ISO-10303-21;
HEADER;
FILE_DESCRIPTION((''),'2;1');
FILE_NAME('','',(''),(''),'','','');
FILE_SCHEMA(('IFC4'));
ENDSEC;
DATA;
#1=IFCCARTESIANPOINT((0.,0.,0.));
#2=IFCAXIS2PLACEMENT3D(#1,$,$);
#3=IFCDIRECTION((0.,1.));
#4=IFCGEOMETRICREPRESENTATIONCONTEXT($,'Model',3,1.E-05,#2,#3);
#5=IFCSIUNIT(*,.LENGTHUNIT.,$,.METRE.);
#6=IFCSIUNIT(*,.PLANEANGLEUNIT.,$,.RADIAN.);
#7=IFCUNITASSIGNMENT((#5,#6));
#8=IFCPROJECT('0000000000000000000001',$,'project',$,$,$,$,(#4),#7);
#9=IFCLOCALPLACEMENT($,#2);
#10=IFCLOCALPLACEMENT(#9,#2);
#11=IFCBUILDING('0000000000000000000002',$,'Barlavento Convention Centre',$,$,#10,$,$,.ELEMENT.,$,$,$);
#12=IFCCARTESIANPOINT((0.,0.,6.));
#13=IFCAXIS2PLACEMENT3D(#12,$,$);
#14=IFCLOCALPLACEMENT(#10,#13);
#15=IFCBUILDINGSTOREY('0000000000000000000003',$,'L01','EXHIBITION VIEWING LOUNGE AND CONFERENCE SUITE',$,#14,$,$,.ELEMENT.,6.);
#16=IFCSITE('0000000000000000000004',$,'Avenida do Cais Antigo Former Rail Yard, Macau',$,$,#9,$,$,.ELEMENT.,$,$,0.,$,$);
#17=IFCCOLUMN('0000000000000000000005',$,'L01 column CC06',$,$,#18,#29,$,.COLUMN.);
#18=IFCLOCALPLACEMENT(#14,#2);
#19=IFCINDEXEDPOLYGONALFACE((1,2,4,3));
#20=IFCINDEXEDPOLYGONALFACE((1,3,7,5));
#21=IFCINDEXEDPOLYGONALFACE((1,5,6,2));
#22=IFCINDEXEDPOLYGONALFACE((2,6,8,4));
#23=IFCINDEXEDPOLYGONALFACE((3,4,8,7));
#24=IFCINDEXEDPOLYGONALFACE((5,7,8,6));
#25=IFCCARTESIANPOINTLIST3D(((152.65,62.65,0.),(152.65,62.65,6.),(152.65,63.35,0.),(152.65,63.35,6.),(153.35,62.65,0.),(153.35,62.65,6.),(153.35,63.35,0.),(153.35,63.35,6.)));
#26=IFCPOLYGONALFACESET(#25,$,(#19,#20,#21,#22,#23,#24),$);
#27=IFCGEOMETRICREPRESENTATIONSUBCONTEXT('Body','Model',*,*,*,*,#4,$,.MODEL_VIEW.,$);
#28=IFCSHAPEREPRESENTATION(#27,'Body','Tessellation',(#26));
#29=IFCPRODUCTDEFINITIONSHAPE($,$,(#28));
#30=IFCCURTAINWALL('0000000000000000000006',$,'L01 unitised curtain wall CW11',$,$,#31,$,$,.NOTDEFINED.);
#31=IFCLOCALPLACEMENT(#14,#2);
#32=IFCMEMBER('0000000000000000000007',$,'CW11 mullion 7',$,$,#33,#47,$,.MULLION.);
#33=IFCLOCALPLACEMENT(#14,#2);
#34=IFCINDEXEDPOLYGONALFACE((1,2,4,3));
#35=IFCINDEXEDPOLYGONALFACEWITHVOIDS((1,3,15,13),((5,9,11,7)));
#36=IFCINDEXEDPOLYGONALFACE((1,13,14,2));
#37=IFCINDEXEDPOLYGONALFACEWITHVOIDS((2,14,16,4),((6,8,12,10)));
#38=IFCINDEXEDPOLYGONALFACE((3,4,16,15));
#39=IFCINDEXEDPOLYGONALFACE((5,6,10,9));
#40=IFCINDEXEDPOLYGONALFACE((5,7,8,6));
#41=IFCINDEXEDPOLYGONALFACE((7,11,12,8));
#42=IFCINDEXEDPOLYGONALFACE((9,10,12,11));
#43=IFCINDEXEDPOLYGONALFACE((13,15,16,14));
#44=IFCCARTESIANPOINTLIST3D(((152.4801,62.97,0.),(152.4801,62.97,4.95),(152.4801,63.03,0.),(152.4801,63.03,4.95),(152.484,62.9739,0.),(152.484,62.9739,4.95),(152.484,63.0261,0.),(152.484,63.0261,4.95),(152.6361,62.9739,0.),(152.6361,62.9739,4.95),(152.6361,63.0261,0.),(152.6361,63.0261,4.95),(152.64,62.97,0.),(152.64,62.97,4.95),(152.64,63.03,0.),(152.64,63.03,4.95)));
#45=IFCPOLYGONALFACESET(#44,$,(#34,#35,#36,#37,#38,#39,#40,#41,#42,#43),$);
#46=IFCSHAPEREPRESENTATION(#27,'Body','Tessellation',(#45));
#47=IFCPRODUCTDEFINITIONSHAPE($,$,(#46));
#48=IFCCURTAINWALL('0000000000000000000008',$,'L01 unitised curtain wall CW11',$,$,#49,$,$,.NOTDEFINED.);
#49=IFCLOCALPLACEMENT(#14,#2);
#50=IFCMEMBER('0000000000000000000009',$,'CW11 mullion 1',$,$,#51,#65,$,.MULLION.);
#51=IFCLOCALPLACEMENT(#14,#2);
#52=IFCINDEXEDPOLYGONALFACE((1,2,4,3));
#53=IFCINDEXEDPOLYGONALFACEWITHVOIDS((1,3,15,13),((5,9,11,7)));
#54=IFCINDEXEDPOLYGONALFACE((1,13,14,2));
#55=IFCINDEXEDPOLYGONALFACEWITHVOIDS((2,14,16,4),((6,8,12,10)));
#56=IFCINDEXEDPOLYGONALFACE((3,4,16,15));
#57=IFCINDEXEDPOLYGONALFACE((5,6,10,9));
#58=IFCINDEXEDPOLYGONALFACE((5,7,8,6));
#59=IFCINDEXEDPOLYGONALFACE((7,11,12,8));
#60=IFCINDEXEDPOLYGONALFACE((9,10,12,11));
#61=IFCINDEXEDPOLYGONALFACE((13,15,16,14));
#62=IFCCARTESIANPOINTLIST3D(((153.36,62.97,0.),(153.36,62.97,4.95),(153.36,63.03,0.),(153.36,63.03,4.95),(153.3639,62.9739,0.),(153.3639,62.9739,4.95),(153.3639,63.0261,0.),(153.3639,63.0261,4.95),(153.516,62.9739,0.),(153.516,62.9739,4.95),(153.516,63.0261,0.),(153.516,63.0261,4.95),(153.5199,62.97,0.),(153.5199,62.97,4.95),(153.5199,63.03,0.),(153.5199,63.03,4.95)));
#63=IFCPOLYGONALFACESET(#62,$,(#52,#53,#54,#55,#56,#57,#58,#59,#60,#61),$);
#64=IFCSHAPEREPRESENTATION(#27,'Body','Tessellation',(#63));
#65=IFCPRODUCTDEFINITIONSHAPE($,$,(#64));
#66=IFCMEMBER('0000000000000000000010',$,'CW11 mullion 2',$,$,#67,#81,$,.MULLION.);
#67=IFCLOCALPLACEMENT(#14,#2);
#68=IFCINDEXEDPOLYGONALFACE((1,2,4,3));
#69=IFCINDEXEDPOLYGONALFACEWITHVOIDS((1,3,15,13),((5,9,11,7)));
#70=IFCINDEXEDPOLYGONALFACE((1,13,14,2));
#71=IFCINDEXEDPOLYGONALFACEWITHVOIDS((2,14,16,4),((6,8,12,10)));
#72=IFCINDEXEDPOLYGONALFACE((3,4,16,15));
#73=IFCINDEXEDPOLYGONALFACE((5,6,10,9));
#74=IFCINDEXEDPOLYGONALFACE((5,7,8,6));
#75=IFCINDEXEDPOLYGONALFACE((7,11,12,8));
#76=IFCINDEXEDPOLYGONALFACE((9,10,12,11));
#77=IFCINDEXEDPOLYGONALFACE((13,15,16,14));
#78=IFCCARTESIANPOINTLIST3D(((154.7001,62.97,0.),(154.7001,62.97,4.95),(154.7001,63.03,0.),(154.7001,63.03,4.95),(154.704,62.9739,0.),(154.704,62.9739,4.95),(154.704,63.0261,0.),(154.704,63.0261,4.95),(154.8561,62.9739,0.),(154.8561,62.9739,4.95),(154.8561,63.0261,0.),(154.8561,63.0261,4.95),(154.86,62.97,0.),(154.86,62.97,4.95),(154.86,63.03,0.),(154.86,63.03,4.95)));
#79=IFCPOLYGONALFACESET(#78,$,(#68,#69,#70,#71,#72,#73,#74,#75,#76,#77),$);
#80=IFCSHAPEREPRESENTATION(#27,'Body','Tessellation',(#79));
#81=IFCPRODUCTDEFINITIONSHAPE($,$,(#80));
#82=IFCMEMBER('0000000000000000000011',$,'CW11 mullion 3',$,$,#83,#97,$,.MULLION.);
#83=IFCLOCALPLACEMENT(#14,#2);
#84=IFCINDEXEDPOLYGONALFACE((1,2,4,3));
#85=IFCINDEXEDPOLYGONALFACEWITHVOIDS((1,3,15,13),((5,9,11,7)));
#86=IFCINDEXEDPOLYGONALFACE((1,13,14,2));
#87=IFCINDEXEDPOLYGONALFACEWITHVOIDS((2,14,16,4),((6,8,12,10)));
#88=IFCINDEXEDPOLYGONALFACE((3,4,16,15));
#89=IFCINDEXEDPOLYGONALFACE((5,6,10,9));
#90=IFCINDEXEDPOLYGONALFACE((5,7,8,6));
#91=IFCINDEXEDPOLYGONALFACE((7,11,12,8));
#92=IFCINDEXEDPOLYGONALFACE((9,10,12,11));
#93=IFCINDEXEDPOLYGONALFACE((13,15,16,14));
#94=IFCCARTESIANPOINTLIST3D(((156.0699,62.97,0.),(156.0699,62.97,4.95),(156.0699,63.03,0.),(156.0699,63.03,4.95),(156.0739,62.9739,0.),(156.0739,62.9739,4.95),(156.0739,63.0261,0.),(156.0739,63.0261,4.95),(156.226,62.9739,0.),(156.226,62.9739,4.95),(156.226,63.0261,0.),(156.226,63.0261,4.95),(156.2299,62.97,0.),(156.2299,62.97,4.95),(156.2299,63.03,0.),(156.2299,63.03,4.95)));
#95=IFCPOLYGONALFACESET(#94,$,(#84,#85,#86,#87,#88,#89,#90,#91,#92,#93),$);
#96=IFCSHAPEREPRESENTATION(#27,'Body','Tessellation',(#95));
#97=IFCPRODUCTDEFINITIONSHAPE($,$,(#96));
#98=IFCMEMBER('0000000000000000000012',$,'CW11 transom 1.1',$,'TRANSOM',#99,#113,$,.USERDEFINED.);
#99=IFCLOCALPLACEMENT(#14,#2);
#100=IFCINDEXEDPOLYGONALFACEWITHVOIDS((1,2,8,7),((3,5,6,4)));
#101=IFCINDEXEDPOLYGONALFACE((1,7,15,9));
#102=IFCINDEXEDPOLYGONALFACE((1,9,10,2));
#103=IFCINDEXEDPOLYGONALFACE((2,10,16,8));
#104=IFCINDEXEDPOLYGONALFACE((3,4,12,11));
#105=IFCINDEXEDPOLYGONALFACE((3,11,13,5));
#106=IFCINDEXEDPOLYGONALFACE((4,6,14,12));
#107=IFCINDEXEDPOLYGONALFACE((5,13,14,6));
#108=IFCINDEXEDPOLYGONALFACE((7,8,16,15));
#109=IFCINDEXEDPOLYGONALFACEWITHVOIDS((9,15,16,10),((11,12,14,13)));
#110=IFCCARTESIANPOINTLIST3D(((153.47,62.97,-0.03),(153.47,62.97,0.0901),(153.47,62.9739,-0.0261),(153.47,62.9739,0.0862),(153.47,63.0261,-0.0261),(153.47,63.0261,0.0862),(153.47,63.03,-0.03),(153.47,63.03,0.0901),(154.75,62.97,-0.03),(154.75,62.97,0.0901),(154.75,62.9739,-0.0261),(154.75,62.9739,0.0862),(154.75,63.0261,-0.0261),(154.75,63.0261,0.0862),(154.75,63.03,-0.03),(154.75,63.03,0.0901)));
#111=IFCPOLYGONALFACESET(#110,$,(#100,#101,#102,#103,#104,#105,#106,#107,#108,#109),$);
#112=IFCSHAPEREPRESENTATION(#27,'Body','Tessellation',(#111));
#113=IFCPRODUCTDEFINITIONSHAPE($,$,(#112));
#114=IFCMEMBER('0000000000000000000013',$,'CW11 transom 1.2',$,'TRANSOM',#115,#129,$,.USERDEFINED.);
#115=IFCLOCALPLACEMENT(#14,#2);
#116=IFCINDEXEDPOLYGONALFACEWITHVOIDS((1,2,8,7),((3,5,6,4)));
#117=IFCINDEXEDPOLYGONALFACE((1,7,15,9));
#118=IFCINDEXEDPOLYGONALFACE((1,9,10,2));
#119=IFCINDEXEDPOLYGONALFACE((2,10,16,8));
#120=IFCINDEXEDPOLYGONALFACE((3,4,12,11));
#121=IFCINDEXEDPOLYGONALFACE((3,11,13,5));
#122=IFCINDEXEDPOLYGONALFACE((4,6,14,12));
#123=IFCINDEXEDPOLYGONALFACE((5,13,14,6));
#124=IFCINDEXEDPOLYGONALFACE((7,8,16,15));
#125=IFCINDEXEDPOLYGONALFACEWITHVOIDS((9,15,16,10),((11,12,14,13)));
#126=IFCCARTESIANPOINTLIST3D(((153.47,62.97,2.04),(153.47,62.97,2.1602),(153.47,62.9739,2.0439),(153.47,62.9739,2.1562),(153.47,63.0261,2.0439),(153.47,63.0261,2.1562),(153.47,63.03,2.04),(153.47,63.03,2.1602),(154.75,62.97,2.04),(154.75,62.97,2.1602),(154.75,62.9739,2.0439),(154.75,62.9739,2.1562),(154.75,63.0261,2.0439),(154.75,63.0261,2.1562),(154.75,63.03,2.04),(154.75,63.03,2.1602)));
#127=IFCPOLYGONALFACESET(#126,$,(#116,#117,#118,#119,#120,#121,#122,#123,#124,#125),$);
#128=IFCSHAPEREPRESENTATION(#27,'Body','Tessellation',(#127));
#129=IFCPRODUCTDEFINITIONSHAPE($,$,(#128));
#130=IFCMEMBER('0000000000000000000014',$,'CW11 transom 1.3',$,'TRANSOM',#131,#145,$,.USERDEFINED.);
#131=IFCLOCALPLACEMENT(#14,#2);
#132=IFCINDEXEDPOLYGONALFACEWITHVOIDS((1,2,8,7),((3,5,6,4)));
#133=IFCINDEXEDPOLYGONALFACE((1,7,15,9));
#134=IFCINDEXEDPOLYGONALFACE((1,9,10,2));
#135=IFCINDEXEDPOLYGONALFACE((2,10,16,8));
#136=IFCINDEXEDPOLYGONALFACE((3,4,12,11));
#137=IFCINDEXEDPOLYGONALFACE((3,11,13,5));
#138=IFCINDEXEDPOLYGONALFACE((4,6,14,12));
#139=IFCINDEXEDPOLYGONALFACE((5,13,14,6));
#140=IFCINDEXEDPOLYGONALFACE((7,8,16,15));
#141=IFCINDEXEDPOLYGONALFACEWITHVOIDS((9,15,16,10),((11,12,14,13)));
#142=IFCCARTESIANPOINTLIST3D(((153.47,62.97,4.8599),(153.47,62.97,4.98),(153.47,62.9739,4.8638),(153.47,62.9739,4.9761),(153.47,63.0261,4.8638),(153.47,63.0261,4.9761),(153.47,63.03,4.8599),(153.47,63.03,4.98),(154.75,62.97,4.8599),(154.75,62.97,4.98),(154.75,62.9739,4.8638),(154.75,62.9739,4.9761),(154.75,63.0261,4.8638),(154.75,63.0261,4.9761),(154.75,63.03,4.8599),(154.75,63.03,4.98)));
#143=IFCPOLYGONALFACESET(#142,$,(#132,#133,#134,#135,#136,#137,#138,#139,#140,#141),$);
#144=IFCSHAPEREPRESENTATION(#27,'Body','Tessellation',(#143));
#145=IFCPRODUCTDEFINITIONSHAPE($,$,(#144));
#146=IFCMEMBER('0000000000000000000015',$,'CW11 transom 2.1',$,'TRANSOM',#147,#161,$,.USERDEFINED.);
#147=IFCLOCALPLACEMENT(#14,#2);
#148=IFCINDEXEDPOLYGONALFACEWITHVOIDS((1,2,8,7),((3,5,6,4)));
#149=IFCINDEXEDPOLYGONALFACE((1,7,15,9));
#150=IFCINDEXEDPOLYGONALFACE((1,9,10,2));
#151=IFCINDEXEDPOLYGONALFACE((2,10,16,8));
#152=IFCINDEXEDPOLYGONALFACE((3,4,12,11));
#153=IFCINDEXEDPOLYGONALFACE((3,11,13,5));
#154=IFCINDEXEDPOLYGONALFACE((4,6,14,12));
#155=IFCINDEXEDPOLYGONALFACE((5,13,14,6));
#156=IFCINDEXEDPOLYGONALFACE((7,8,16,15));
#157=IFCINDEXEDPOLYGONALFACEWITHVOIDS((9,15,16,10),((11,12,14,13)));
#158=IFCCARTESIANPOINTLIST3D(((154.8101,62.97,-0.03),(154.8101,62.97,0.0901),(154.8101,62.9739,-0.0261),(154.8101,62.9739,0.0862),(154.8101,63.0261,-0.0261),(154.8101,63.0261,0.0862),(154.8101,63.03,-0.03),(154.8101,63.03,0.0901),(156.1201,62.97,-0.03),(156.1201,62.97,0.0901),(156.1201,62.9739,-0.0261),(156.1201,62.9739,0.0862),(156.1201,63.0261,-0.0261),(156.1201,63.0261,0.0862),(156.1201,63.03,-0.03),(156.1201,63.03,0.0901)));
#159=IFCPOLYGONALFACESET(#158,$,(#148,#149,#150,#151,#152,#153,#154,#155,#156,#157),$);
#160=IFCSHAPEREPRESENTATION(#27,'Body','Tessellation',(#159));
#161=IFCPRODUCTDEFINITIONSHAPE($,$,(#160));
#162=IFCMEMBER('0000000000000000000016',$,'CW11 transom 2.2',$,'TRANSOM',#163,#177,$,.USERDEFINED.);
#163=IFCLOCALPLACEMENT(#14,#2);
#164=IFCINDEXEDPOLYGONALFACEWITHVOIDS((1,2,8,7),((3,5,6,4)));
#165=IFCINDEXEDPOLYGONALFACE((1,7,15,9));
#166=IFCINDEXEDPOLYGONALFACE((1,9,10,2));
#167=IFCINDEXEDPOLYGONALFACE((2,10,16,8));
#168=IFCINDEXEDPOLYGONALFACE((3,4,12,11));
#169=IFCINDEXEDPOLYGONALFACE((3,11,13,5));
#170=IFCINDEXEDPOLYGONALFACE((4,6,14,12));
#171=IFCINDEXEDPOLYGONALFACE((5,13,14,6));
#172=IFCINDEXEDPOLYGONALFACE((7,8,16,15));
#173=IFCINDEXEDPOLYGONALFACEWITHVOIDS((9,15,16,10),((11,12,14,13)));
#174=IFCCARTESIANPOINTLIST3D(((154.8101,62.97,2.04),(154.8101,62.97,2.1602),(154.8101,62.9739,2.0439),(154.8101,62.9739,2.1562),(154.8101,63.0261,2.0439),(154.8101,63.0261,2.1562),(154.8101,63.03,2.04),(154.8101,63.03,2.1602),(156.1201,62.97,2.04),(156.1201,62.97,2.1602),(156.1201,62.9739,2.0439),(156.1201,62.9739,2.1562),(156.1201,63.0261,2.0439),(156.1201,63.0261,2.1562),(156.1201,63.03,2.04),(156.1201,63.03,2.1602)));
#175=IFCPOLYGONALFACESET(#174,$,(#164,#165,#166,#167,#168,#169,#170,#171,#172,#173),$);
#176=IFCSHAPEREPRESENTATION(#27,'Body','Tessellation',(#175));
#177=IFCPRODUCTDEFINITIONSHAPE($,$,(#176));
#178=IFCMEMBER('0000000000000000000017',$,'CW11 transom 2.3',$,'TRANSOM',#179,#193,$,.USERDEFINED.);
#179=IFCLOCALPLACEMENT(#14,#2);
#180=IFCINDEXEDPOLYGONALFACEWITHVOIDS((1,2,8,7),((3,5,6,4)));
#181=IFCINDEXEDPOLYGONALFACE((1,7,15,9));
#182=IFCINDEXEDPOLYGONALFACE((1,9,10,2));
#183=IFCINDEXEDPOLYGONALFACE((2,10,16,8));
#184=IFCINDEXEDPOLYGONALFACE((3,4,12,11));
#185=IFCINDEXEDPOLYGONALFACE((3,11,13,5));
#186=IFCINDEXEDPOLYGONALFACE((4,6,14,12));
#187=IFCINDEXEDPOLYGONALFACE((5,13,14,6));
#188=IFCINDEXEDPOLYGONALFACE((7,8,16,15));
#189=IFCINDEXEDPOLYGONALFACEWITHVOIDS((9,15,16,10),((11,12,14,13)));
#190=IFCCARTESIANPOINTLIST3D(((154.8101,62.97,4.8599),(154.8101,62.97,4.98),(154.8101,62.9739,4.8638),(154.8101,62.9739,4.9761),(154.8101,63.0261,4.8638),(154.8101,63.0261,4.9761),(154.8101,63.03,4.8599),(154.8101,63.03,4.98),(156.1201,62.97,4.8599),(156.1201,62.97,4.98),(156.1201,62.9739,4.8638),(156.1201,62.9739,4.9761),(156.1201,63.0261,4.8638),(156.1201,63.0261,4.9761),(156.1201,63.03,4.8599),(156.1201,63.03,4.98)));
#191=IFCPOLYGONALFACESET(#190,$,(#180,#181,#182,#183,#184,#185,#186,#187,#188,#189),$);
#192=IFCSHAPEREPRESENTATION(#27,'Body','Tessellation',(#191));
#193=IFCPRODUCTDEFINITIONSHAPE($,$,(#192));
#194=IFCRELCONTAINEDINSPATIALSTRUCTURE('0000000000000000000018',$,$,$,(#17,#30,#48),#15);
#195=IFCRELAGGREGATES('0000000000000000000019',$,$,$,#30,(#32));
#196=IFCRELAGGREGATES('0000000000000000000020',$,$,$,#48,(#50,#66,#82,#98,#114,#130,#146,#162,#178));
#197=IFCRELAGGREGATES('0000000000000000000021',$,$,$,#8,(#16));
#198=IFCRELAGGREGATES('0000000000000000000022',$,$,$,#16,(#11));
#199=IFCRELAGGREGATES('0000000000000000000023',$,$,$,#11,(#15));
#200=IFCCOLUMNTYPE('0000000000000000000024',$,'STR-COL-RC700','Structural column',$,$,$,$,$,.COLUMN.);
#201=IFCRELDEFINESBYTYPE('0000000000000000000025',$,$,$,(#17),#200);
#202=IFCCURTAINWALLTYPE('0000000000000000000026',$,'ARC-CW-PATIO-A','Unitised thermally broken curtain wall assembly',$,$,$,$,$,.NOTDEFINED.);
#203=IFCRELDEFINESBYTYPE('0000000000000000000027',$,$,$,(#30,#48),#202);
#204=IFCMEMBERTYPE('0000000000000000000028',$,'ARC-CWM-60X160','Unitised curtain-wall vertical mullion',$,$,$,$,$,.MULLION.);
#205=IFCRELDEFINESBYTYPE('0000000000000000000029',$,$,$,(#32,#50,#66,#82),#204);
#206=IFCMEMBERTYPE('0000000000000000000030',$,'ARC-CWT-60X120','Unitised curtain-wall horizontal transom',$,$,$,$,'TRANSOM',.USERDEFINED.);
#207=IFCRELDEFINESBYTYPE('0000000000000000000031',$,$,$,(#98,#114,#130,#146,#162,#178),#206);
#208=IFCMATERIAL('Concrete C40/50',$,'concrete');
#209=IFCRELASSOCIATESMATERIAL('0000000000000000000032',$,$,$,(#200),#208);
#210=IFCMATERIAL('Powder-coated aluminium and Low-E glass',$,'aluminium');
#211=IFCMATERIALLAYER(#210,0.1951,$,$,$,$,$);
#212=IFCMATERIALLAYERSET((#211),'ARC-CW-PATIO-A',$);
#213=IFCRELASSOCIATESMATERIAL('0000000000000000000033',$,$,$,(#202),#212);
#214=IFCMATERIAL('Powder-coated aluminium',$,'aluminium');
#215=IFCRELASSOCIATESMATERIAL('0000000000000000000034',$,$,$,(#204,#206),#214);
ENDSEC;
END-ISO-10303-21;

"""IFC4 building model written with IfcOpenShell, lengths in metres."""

from ifc_helpers import new_model, si_unit, direction, frame, origin, origin_2d, place, context, subcontext, project, spatial, rectangle, hollow_rectangle, extrude, material, layer, layer_set, material_profile, profile_set, type_object, element, aggregate, save


model = new_model("IFC4")

# Units and contexts
model_context = context("Model", 3, precision=1e-05, world=origin(), true_north=direction((0.0, 1.0)))
body_context = subcontext(model_context, "Body", "Model", "MODEL_VIEW")
ifc_project = project(units=[si_unit("LENGTHUNIT", "METRE"), si_unit("PLANEANGLEUNIT", "RADIAN")], contexts=[model_context])

# Site, building, storey
site_placement = place(None, origin())
site = spatial("IfcSite", under=ifc_project, at=site_placement, Name="Avenida do Cais Antigo Former Rail Yard, Macau", CompositionType="ELEMENT", RefElevation=0.0)
building_placement = place(site_placement, origin())
building = spatial("IfcBuilding", under=site, at=building_placement, Name="Barlavento Convention Centre", CompositionType="ELEMENT")
storey_placement = place(building_placement, frame((0.0, 0.0, 6.0)))
storey = spatial("IfcBuildingStorey", under=building, at=storey_placement, Name="L01", Description="EXHIBITION VIEWING LOUNGE AND CONFERENCE SUITE", CompositionType="ELEMENT", Elevation=6.0)

# Column
ifc_material_1 = material(Name="Concrete C40/50", Category="concrete")
ifc_material_profile_1 = material_profile(ifc_material_1, rectangle(XDim=0.7, YDim=0.7, at=origin_2d()), Name="RC 700x700")
ifc_profile_set_1 = profile_set([ifc_material_profile_1], Name="Concrete C40/50")
column_type = type_object("IfcColumnType", Name="STR-COL-RC700", Description="Structural column", PredefinedType="COLUMN", material=ifc_profile_set_1)
column_placement = place(storey_placement, frame((153.0, 63.0, 0.0), z_axis=(0.0, 0.0, 1.0), x_axis=(1.0, 0.0, 0.0)))
element("IfcColumn", 1, at=column_placement, inside=storey, type_object=column_type, Name="L01 column CC06", PredefinedType="COLUMN", context=body_context, shape_type="SweptSolid", body=[
    extrude(rectangle(XDim=0.7, YDim=0.7, at=origin_2d()), origin(), (0.0, 0.0, 1.0), 6.0),
])

# Curtain wall, member
ifc_material_2 = material(Name="Powder-coated aluminium and Low-E glass", Category="aluminium")
ifc_layer_1 = layer(ifc_material_2, 0.1951)
ifc_layer_set_1 = layer_set([ifc_layer_1], Name="ARC-CW-PATIO-A")
curtain_wall_type = type_object("IfcCurtainWallType", Name="ARC-CW-PATIO-A", Description="Unitised thermally broken curtain wall assembly", PredefinedType="NOTDEFINED", material=ifc_layer_set_1)
curtain_wall_1_placement = place(storey_placement, origin())
curtain_wall_1 = element("IfcCurtainWall", 2, at=curtain_wall_1_placement, inside=storey, type_object=curtain_wall_type, Name="L01 unitised curtain wall CW11", PredefinedType="NOTDEFINED")
ifc_material_3 = material(Name="Powder-coated aluminium", Category="aluminium")
ifc_material_profile_2 = material_profile(ifc_material_3, hollow_rectangle(XDim=0.0601, YDim=0.1599, WallThickness=0.0039, at=origin_2d()), Name="AL-MULL 60x160x4")
ifc_profile_set_2 = profile_set([ifc_material_profile_2], Name="Powder-coated aluminium")
member_type_1 = type_object("IfcMemberType", Name="ARC-CWM-60X160", Description="Unitised curtain-wall vertical mullion", PredefinedType="MULLION", material=ifc_profile_set_2)
member_1_placement = place(storey_placement, frame((152.5601, 63.0, 0.0), z_axis=(0.0, 0.0, 1.0), x_axis=(0.0, 1.0, 0.0)))
member_1 = element("IfcMember", 3, at=member_1_placement, type_object=member_type_1, Name="CW11 mullion 7", PredefinedType="MULLION", context=body_context, shape_type="SweptSolid", body=[
    extrude(hollow_rectangle(XDim=0.0601, YDim=0.1599, WallThickness=0.0039, at=origin_2d()), origin(), (0.0, 0.0, 1.0), 4.95),
])

# Curtain wall, members
curtain_wall_2_placement = place(storey_placement, origin())
curtain_wall_2 = element("IfcCurtainWall", 4, at=curtain_wall_2_placement, inside=storey, type_object=curtain_wall_type, Name="L01 unitised curtain wall CW11", PredefinedType="NOTDEFINED")
member_2_placement = place(storey_placement, frame((153.4399, 63.0, 0.0), z_axis=(0.0, 0.0, 1.0), x_axis=(0.0, 1.0, 0.0)))
member_2 = element("IfcMember", 5, at=member_2_placement, type_object=member_type_1, Name="CW11 mullion 1", PredefinedType="MULLION", context=body_context, shape_type="SweptSolid", body=[
    extrude(hollow_rectangle(XDim=0.0601, YDim=0.1599, WallThickness=0.0039, at=origin_2d()), origin(), (0.0, 0.0, 1.0), 4.95),
])
member_3_placement = place(storey_placement, frame((154.78, 63.0, 0.0), z_axis=(0.0, 0.0, 1.0), x_axis=(0.0, 1.0, 0.0)))
member_3 = element("IfcMember", 6, at=member_3_placement, type_object=member_type_1, Name="CW11 mullion 2", PredefinedType="MULLION", context=body_context, shape_type="SweptSolid", body=[
    extrude(hollow_rectangle(XDim=0.0601, YDim=0.1599, WallThickness=0.0039, at=origin_2d()), origin(), (0.0, 0.0, 1.0), 4.95),
])
member_4_placement = place(storey_placement, frame((156.1499, 63.0, 0.0), z_axis=(0.0, 0.0, 1.0), x_axis=(0.0, 1.0, 0.0)))
member_4 = element("IfcMember", 7, at=member_4_placement, type_object=member_type_1, Name="CW11 mullion 3", PredefinedType="MULLION", context=body_context, shape_type="SweptSolid", body=[
    extrude(hollow_rectangle(XDim=0.0601, YDim=0.1599, WallThickness=0.0039, at=origin_2d()), origin(), (0.0, 0.0, 1.0), 4.95),
])
ifc_material_profile_3 = material_profile(ifc_material_3, hollow_rectangle(XDim=0.0601, YDim=0.1201, WallThickness=0.0039, at=origin_2d()), Name="AL-TRAN 60x120x4")
ifc_profile_set_3 = profile_set([ifc_material_profile_3], Name="Powder-coated aluminium")
member_type_2 = type_object("IfcMemberType", Name="ARC-CWT-60X120", Description="Unitised curtain-wall horizontal transom", ElementType="TRANSOM", PredefinedType="USERDEFINED", material=ifc_profile_set_3)
member_5_placement = place(storey_placement, frame((153.47, 63.0, 0.03), z_axis=(1.0, 0.0, 0.0), x_axis=(0.0, 1.0, 0.0)))
member_5 = element("IfcMember", 8, at=member_5_placement, type_object=member_type_2, Name="CW11 transom 1.1", ObjectType="TRANSOM", PredefinedType="USERDEFINED", context=body_context, shape_type="SweptSolid", body=[
    extrude(hollow_rectangle(XDim=0.0601, YDim=0.1201, WallThickness=0.0039, at=origin_2d()), origin(), (0.0, 0.0, 1.0), 1.28),
])
member_6_placement = place(storey_placement, frame((153.47, 63.0, 2.1001), z_axis=(1.0, 0.0, 0.0), x_axis=(0.0, 1.0, 0.0)))
member_6 = element("IfcMember", 9, at=member_6_placement, type_object=member_type_2, Name="CW11 transom 1.2", ObjectType="TRANSOM", PredefinedType="USERDEFINED", context=body_context, shape_type="SweptSolid", body=[
    extrude(hollow_rectangle(XDim=0.0601, YDim=0.1201, WallThickness=0.0039, at=origin_2d()), origin(), (0.0, 0.0, 1.0), 1.28),
])
member_7_placement = place(storey_placement, frame((153.47, 63.0, 4.9199), z_axis=(1.0, 0.0, 0.0), x_axis=(0.0, 1.0, 0.0)))
member_7 = element("IfcMember", 10, at=member_7_placement, type_object=member_type_2, Name="CW11 transom 1.3", ObjectType="TRANSOM", PredefinedType="USERDEFINED", context=body_context, shape_type="SweptSolid", body=[
    extrude(hollow_rectangle(XDim=0.0601, YDim=0.1201, WallThickness=0.0039, at=origin_2d()), origin(), (0.0, 0.0, 1.0), 1.28),
])
member_8_placement = place(storey_placement, frame((154.8101, 63.0, 0.03), z_axis=(1.0, 0.0, 0.0), x_axis=(0.0, 1.0, 0.0)))
member_8 = element("IfcMember", 11, at=member_8_placement, type_object=member_type_2, Name="CW11 transom 2.1", ObjectType="TRANSOM", PredefinedType="USERDEFINED", context=body_context, shape_type="SweptSolid", body=[
    extrude(hollow_rectangle(XDim=0.0601, YDim=0.1201, WallThickness=0.0039, at=origin_2d()), origin(), (0.0, 0.0, 1.0), 1.3101),
])
member_9_placement = place(storey_placement, frame((154.8101, 63.0, 2.1001), z_axis=(1.0, 0.0, 0.0), x_axis=(0.0, 1.0, 0.0)))
member_9 = element("IfcMember", 12, at=member_9_placement, type_object=member_type_2, Name="CW11 transom 2.2", ObjectType="TRANSOM", PredefinedType="USERDEFINED", context=body_context, shape_type="SweptSolid", body=[
    extrude(hollow_rectangle(XDim=0.0601, YDim=0.1201, WallThickness=0.0039, at=origin_2d()), origin(), (0.0, 0.0, 1.0), 1.3101),
])
member_10_placement = place(storey_placement, frame((154.8101, 63.0, 4.9199), z_axis=(1.0, 0.0, 0.0), x_axis=(0.0, 1.0, 0.0)))
member_10 = element("IfcMember", 13, at=member_10_placement, type_object=member_type_2, Name="CW11 transom 2.3", ObjectType="TRANSOM", PredefinedType="USERDEFINED", context=body_context, shape_type="SweptSolid", body=[
    extrude(hollow_rectangle(XDim=0.0601, YDim=0.1201, WallThickness=0.0039, at=origin_2d()), origin(), (0.0, 0.0, 1.0), 1.3101),
])

aggregate(curtain_wall_1, [member_1])
aggregate(curtain_wall_2, [member_2, member_3, member_4, member_5, member_6, member_7, member_8, member_9, member_10])

save(model, "model.ifc")
